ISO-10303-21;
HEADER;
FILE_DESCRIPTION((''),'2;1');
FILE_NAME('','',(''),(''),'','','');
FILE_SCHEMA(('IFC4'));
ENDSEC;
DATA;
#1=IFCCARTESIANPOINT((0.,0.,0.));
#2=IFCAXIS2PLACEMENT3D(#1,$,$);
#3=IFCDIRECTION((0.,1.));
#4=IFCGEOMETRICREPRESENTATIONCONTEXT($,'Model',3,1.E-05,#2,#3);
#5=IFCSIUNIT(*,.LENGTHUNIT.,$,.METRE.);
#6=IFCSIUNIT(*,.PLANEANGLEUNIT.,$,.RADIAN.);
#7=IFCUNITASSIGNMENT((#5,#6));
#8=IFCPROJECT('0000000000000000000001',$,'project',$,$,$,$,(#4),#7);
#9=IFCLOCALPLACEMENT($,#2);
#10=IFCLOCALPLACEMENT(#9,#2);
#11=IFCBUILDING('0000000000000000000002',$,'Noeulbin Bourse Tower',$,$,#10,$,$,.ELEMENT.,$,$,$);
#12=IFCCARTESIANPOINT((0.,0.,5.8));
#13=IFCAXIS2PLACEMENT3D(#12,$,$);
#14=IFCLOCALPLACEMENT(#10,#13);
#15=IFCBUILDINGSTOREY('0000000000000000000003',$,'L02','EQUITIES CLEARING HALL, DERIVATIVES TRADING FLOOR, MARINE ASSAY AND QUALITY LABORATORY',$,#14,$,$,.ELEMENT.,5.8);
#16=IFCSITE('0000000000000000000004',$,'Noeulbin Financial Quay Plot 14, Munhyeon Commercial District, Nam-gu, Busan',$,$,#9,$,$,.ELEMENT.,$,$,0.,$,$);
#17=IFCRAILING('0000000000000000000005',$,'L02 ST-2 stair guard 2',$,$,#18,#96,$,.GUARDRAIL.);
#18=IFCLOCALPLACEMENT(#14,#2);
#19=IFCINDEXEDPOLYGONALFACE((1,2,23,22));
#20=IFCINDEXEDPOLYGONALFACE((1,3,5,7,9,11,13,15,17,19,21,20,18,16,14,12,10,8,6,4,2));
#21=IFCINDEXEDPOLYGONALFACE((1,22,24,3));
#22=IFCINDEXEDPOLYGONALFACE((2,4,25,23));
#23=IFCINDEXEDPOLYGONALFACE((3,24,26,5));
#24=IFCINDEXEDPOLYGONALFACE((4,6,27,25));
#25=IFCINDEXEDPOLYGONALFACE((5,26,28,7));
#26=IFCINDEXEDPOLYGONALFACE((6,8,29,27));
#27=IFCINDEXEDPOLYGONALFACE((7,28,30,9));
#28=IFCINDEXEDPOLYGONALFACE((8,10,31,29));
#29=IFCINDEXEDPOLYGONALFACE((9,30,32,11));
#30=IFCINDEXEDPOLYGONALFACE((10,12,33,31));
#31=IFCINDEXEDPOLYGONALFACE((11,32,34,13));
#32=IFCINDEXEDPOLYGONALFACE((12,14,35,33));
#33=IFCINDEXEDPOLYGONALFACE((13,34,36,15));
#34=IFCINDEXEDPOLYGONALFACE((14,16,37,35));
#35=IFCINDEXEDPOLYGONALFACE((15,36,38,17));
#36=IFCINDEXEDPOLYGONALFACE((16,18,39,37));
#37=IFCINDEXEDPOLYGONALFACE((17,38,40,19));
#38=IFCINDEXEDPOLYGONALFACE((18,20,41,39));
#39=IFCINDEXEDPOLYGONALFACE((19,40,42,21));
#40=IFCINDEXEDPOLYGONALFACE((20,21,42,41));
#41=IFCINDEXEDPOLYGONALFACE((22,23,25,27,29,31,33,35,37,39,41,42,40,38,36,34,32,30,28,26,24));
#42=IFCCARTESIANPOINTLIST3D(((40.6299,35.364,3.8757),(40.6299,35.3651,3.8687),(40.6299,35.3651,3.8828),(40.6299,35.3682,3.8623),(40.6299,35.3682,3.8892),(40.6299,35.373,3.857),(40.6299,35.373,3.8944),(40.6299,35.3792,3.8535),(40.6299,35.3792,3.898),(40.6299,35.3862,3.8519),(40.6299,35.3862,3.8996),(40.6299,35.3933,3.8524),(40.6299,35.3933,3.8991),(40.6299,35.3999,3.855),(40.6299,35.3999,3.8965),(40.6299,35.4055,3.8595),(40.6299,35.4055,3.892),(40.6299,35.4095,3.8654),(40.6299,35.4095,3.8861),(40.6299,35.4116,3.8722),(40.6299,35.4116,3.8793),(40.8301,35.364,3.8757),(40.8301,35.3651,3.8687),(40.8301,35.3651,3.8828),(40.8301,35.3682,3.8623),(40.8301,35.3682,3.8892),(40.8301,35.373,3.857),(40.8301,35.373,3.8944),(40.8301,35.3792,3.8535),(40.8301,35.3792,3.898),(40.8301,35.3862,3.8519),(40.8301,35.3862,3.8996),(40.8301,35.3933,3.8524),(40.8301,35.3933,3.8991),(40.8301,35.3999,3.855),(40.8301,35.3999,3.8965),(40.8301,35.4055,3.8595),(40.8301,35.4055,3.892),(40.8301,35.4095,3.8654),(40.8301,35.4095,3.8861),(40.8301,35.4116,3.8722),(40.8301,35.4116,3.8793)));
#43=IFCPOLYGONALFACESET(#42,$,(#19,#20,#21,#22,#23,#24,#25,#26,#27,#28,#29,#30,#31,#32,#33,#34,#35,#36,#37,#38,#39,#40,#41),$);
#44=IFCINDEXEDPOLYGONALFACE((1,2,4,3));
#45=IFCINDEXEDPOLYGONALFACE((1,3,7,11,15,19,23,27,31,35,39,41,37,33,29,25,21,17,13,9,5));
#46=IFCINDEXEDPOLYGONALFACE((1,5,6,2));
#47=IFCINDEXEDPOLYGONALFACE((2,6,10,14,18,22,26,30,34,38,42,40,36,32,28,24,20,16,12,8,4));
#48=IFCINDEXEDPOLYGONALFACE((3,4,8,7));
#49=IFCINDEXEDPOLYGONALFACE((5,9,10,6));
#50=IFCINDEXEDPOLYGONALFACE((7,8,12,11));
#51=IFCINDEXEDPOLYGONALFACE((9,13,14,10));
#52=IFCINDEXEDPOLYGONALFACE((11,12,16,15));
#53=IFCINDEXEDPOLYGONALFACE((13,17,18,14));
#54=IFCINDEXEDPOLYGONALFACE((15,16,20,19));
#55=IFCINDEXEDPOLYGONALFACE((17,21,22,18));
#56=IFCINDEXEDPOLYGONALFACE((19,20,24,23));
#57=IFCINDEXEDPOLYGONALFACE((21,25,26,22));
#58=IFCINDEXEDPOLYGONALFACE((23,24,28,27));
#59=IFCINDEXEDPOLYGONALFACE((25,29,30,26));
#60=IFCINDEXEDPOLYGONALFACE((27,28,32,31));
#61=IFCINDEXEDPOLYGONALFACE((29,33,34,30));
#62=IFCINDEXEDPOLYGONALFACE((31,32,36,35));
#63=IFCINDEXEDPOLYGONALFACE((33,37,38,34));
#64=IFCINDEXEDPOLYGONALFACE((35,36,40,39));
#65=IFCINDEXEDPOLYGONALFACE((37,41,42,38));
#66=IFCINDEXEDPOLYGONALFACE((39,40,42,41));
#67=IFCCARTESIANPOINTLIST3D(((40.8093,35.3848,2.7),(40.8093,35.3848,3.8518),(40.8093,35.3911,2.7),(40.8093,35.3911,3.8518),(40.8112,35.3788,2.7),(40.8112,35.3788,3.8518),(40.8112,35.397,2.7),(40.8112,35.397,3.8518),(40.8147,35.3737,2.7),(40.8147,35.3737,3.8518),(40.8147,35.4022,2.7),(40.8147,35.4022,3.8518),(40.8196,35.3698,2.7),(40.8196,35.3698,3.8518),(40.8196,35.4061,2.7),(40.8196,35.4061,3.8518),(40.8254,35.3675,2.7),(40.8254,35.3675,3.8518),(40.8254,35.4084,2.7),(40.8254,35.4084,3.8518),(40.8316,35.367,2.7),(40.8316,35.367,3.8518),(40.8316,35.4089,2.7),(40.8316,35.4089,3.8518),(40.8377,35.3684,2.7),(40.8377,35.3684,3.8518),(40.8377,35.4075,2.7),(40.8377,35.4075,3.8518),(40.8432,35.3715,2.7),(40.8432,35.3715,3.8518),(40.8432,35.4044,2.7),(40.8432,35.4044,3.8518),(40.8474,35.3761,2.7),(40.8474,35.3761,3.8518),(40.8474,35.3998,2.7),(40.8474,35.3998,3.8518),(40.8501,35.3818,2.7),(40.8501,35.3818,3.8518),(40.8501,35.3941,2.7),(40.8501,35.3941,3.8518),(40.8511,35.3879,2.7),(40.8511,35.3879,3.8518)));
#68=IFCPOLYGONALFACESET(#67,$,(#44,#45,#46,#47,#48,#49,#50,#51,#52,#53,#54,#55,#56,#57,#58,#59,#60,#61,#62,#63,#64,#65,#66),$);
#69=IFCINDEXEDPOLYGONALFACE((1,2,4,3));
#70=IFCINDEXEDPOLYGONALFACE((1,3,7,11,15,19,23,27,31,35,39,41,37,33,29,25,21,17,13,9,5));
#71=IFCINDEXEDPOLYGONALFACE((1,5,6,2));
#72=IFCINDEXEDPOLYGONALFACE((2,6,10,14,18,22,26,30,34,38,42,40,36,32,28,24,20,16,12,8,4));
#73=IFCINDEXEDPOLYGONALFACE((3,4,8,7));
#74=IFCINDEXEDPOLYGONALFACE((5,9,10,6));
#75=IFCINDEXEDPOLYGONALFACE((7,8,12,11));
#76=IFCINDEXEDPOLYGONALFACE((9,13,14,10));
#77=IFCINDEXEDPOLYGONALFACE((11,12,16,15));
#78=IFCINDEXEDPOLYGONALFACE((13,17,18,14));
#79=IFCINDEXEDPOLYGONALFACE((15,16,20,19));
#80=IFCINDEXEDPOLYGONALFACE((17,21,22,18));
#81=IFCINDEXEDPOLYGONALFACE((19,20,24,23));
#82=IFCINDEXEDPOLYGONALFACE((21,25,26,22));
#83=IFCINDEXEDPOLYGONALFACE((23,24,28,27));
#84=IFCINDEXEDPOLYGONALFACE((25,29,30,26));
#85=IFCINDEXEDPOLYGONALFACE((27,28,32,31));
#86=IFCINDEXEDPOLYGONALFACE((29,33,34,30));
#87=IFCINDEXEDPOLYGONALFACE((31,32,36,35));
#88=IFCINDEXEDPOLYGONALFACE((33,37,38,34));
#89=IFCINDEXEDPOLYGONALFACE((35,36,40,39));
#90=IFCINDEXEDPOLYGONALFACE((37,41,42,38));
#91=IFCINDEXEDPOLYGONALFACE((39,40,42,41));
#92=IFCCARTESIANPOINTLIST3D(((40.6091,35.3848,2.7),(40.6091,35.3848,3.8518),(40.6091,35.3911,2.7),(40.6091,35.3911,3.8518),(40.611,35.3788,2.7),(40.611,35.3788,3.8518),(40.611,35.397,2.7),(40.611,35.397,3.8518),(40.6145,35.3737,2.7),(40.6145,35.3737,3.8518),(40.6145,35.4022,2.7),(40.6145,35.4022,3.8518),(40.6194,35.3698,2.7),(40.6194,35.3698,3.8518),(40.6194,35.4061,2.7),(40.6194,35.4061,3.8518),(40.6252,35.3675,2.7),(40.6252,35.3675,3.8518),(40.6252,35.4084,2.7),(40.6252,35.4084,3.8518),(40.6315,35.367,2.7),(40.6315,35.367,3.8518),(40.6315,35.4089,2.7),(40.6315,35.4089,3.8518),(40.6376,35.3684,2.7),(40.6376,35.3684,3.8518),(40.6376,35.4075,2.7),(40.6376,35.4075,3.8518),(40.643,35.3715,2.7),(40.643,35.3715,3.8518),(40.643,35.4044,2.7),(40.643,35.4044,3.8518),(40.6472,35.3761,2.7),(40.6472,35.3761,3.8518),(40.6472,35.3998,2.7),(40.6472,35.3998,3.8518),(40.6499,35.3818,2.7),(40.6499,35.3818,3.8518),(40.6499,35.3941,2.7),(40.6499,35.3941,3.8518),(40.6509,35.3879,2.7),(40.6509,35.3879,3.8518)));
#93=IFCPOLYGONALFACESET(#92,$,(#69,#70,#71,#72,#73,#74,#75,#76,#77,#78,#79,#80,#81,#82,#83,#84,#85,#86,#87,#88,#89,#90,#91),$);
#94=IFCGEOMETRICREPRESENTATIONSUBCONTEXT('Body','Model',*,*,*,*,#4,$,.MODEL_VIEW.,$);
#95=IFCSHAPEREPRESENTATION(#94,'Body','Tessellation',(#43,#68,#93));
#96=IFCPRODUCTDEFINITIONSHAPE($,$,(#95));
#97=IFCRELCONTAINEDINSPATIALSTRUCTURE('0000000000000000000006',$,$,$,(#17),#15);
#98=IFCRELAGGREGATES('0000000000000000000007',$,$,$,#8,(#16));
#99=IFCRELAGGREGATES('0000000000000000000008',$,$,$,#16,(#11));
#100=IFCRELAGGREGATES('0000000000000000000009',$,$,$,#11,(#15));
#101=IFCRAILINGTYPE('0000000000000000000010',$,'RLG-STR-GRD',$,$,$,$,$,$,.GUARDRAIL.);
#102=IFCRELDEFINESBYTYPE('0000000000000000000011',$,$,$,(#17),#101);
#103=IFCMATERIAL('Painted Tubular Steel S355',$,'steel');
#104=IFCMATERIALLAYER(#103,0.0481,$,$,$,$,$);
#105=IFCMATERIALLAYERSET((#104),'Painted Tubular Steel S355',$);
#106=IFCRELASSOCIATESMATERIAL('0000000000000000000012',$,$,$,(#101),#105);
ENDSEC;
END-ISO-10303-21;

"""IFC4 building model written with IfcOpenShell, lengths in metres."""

from ifc_helpers import new_model, si_unit, direction, frame, origin, origin_2d, place, context, subcontext, project, spatial, circle, extrude, material, layer, layer_set, type_object, element, save


model = new_model("IFC4")

# Units and contexts
model_context = context("Model", 3, precision=1e-05, world=origin(), true_north=direction((0.0, 1.0)))
body_context = subcontext(model_context, "Body", "Model", "MODEL_VIEW")
ifc_project = project(units=[si_unit("LENGTHUNIT", "METRE"), si_unit("PLANEANGLEUNIT", "RADIAN")], contexts=[model_context])

# Site, building, storey
site_placement = place(None, origin())
site = spatial("IfcSite", under=ifc_project, at=site_placement, Name="Noeulbin Financial Quay Plot 14, Munhyeon Commercial District, Nam-gu, Busan", CompositionType="ELEMENT", RefElevation=0.0)
building_placement = place(site_placement, origin())
building = spatial("IfcBuilding", under=site, at=building_placement, Name="Noeulbin Bourse Tower", CompositionType="ELEMENT")
storey_placement = place(building_placement, frame((0.0, 0.0, 5.8)))
storey = spatial("IfcBuildingStorey", under=building, at=storey_placement, Name="L02", Description="EQUITIES CLEARING HALL, DERIVATIVES TRADING FLOOR, MARINE ASSAY AND QUALITY LABORATORY", CompositionType="ELEMENT", Elevation=5.8)

# Railing
ifc_material_1 = material(Name="Painted Tubular Steel S355", Category="steel")
ifc_layer_1 = layer(ifc_material_1, 0.0481)
ifc_layer_set_1 = layer_set([ifc_layer_1], Name="Painted Tubular Steel S355")
railing_type_1 = type_object("IfcRailingType", Name="RLG-STR-GRD", PredefinedType="GUARDRAIL", material=ifc_layer_set_1)
railing_1_placement = place(storey_placement, frame((40.8301, 35.3879, 2.7)))
element("IfcRailing", 1, at=railing_1_placement, inside=storey, type_object=railing_type_1, Name="L02 ST-2 stair guard 2", PredefinedType="GUARDRAIL", context=body_context, shape_type="SweptSolid", body=[
    extrude(circle(Radius=0.0239, at=origin_2d()), frame((0.0, 0.0, 1.1758), z_axis=(-1.0, 0.0, 0.0), x_axis=(0.0, -1.0, 0.0)), (0.0, 0.0, 1.0), 0.2002),
    extrude(circle(Radius=0.021, at=origin_2d()), origin(), (0.0, 0.0, 1.0), 1.1519),
    extrude(circle(Radius=0.021, at=origin_2d()), frame((-0.2002, 0.0, 0.0)), (0.0, 0.0, 1.0), 1.1519),
])

save(model, "model.ifc")
